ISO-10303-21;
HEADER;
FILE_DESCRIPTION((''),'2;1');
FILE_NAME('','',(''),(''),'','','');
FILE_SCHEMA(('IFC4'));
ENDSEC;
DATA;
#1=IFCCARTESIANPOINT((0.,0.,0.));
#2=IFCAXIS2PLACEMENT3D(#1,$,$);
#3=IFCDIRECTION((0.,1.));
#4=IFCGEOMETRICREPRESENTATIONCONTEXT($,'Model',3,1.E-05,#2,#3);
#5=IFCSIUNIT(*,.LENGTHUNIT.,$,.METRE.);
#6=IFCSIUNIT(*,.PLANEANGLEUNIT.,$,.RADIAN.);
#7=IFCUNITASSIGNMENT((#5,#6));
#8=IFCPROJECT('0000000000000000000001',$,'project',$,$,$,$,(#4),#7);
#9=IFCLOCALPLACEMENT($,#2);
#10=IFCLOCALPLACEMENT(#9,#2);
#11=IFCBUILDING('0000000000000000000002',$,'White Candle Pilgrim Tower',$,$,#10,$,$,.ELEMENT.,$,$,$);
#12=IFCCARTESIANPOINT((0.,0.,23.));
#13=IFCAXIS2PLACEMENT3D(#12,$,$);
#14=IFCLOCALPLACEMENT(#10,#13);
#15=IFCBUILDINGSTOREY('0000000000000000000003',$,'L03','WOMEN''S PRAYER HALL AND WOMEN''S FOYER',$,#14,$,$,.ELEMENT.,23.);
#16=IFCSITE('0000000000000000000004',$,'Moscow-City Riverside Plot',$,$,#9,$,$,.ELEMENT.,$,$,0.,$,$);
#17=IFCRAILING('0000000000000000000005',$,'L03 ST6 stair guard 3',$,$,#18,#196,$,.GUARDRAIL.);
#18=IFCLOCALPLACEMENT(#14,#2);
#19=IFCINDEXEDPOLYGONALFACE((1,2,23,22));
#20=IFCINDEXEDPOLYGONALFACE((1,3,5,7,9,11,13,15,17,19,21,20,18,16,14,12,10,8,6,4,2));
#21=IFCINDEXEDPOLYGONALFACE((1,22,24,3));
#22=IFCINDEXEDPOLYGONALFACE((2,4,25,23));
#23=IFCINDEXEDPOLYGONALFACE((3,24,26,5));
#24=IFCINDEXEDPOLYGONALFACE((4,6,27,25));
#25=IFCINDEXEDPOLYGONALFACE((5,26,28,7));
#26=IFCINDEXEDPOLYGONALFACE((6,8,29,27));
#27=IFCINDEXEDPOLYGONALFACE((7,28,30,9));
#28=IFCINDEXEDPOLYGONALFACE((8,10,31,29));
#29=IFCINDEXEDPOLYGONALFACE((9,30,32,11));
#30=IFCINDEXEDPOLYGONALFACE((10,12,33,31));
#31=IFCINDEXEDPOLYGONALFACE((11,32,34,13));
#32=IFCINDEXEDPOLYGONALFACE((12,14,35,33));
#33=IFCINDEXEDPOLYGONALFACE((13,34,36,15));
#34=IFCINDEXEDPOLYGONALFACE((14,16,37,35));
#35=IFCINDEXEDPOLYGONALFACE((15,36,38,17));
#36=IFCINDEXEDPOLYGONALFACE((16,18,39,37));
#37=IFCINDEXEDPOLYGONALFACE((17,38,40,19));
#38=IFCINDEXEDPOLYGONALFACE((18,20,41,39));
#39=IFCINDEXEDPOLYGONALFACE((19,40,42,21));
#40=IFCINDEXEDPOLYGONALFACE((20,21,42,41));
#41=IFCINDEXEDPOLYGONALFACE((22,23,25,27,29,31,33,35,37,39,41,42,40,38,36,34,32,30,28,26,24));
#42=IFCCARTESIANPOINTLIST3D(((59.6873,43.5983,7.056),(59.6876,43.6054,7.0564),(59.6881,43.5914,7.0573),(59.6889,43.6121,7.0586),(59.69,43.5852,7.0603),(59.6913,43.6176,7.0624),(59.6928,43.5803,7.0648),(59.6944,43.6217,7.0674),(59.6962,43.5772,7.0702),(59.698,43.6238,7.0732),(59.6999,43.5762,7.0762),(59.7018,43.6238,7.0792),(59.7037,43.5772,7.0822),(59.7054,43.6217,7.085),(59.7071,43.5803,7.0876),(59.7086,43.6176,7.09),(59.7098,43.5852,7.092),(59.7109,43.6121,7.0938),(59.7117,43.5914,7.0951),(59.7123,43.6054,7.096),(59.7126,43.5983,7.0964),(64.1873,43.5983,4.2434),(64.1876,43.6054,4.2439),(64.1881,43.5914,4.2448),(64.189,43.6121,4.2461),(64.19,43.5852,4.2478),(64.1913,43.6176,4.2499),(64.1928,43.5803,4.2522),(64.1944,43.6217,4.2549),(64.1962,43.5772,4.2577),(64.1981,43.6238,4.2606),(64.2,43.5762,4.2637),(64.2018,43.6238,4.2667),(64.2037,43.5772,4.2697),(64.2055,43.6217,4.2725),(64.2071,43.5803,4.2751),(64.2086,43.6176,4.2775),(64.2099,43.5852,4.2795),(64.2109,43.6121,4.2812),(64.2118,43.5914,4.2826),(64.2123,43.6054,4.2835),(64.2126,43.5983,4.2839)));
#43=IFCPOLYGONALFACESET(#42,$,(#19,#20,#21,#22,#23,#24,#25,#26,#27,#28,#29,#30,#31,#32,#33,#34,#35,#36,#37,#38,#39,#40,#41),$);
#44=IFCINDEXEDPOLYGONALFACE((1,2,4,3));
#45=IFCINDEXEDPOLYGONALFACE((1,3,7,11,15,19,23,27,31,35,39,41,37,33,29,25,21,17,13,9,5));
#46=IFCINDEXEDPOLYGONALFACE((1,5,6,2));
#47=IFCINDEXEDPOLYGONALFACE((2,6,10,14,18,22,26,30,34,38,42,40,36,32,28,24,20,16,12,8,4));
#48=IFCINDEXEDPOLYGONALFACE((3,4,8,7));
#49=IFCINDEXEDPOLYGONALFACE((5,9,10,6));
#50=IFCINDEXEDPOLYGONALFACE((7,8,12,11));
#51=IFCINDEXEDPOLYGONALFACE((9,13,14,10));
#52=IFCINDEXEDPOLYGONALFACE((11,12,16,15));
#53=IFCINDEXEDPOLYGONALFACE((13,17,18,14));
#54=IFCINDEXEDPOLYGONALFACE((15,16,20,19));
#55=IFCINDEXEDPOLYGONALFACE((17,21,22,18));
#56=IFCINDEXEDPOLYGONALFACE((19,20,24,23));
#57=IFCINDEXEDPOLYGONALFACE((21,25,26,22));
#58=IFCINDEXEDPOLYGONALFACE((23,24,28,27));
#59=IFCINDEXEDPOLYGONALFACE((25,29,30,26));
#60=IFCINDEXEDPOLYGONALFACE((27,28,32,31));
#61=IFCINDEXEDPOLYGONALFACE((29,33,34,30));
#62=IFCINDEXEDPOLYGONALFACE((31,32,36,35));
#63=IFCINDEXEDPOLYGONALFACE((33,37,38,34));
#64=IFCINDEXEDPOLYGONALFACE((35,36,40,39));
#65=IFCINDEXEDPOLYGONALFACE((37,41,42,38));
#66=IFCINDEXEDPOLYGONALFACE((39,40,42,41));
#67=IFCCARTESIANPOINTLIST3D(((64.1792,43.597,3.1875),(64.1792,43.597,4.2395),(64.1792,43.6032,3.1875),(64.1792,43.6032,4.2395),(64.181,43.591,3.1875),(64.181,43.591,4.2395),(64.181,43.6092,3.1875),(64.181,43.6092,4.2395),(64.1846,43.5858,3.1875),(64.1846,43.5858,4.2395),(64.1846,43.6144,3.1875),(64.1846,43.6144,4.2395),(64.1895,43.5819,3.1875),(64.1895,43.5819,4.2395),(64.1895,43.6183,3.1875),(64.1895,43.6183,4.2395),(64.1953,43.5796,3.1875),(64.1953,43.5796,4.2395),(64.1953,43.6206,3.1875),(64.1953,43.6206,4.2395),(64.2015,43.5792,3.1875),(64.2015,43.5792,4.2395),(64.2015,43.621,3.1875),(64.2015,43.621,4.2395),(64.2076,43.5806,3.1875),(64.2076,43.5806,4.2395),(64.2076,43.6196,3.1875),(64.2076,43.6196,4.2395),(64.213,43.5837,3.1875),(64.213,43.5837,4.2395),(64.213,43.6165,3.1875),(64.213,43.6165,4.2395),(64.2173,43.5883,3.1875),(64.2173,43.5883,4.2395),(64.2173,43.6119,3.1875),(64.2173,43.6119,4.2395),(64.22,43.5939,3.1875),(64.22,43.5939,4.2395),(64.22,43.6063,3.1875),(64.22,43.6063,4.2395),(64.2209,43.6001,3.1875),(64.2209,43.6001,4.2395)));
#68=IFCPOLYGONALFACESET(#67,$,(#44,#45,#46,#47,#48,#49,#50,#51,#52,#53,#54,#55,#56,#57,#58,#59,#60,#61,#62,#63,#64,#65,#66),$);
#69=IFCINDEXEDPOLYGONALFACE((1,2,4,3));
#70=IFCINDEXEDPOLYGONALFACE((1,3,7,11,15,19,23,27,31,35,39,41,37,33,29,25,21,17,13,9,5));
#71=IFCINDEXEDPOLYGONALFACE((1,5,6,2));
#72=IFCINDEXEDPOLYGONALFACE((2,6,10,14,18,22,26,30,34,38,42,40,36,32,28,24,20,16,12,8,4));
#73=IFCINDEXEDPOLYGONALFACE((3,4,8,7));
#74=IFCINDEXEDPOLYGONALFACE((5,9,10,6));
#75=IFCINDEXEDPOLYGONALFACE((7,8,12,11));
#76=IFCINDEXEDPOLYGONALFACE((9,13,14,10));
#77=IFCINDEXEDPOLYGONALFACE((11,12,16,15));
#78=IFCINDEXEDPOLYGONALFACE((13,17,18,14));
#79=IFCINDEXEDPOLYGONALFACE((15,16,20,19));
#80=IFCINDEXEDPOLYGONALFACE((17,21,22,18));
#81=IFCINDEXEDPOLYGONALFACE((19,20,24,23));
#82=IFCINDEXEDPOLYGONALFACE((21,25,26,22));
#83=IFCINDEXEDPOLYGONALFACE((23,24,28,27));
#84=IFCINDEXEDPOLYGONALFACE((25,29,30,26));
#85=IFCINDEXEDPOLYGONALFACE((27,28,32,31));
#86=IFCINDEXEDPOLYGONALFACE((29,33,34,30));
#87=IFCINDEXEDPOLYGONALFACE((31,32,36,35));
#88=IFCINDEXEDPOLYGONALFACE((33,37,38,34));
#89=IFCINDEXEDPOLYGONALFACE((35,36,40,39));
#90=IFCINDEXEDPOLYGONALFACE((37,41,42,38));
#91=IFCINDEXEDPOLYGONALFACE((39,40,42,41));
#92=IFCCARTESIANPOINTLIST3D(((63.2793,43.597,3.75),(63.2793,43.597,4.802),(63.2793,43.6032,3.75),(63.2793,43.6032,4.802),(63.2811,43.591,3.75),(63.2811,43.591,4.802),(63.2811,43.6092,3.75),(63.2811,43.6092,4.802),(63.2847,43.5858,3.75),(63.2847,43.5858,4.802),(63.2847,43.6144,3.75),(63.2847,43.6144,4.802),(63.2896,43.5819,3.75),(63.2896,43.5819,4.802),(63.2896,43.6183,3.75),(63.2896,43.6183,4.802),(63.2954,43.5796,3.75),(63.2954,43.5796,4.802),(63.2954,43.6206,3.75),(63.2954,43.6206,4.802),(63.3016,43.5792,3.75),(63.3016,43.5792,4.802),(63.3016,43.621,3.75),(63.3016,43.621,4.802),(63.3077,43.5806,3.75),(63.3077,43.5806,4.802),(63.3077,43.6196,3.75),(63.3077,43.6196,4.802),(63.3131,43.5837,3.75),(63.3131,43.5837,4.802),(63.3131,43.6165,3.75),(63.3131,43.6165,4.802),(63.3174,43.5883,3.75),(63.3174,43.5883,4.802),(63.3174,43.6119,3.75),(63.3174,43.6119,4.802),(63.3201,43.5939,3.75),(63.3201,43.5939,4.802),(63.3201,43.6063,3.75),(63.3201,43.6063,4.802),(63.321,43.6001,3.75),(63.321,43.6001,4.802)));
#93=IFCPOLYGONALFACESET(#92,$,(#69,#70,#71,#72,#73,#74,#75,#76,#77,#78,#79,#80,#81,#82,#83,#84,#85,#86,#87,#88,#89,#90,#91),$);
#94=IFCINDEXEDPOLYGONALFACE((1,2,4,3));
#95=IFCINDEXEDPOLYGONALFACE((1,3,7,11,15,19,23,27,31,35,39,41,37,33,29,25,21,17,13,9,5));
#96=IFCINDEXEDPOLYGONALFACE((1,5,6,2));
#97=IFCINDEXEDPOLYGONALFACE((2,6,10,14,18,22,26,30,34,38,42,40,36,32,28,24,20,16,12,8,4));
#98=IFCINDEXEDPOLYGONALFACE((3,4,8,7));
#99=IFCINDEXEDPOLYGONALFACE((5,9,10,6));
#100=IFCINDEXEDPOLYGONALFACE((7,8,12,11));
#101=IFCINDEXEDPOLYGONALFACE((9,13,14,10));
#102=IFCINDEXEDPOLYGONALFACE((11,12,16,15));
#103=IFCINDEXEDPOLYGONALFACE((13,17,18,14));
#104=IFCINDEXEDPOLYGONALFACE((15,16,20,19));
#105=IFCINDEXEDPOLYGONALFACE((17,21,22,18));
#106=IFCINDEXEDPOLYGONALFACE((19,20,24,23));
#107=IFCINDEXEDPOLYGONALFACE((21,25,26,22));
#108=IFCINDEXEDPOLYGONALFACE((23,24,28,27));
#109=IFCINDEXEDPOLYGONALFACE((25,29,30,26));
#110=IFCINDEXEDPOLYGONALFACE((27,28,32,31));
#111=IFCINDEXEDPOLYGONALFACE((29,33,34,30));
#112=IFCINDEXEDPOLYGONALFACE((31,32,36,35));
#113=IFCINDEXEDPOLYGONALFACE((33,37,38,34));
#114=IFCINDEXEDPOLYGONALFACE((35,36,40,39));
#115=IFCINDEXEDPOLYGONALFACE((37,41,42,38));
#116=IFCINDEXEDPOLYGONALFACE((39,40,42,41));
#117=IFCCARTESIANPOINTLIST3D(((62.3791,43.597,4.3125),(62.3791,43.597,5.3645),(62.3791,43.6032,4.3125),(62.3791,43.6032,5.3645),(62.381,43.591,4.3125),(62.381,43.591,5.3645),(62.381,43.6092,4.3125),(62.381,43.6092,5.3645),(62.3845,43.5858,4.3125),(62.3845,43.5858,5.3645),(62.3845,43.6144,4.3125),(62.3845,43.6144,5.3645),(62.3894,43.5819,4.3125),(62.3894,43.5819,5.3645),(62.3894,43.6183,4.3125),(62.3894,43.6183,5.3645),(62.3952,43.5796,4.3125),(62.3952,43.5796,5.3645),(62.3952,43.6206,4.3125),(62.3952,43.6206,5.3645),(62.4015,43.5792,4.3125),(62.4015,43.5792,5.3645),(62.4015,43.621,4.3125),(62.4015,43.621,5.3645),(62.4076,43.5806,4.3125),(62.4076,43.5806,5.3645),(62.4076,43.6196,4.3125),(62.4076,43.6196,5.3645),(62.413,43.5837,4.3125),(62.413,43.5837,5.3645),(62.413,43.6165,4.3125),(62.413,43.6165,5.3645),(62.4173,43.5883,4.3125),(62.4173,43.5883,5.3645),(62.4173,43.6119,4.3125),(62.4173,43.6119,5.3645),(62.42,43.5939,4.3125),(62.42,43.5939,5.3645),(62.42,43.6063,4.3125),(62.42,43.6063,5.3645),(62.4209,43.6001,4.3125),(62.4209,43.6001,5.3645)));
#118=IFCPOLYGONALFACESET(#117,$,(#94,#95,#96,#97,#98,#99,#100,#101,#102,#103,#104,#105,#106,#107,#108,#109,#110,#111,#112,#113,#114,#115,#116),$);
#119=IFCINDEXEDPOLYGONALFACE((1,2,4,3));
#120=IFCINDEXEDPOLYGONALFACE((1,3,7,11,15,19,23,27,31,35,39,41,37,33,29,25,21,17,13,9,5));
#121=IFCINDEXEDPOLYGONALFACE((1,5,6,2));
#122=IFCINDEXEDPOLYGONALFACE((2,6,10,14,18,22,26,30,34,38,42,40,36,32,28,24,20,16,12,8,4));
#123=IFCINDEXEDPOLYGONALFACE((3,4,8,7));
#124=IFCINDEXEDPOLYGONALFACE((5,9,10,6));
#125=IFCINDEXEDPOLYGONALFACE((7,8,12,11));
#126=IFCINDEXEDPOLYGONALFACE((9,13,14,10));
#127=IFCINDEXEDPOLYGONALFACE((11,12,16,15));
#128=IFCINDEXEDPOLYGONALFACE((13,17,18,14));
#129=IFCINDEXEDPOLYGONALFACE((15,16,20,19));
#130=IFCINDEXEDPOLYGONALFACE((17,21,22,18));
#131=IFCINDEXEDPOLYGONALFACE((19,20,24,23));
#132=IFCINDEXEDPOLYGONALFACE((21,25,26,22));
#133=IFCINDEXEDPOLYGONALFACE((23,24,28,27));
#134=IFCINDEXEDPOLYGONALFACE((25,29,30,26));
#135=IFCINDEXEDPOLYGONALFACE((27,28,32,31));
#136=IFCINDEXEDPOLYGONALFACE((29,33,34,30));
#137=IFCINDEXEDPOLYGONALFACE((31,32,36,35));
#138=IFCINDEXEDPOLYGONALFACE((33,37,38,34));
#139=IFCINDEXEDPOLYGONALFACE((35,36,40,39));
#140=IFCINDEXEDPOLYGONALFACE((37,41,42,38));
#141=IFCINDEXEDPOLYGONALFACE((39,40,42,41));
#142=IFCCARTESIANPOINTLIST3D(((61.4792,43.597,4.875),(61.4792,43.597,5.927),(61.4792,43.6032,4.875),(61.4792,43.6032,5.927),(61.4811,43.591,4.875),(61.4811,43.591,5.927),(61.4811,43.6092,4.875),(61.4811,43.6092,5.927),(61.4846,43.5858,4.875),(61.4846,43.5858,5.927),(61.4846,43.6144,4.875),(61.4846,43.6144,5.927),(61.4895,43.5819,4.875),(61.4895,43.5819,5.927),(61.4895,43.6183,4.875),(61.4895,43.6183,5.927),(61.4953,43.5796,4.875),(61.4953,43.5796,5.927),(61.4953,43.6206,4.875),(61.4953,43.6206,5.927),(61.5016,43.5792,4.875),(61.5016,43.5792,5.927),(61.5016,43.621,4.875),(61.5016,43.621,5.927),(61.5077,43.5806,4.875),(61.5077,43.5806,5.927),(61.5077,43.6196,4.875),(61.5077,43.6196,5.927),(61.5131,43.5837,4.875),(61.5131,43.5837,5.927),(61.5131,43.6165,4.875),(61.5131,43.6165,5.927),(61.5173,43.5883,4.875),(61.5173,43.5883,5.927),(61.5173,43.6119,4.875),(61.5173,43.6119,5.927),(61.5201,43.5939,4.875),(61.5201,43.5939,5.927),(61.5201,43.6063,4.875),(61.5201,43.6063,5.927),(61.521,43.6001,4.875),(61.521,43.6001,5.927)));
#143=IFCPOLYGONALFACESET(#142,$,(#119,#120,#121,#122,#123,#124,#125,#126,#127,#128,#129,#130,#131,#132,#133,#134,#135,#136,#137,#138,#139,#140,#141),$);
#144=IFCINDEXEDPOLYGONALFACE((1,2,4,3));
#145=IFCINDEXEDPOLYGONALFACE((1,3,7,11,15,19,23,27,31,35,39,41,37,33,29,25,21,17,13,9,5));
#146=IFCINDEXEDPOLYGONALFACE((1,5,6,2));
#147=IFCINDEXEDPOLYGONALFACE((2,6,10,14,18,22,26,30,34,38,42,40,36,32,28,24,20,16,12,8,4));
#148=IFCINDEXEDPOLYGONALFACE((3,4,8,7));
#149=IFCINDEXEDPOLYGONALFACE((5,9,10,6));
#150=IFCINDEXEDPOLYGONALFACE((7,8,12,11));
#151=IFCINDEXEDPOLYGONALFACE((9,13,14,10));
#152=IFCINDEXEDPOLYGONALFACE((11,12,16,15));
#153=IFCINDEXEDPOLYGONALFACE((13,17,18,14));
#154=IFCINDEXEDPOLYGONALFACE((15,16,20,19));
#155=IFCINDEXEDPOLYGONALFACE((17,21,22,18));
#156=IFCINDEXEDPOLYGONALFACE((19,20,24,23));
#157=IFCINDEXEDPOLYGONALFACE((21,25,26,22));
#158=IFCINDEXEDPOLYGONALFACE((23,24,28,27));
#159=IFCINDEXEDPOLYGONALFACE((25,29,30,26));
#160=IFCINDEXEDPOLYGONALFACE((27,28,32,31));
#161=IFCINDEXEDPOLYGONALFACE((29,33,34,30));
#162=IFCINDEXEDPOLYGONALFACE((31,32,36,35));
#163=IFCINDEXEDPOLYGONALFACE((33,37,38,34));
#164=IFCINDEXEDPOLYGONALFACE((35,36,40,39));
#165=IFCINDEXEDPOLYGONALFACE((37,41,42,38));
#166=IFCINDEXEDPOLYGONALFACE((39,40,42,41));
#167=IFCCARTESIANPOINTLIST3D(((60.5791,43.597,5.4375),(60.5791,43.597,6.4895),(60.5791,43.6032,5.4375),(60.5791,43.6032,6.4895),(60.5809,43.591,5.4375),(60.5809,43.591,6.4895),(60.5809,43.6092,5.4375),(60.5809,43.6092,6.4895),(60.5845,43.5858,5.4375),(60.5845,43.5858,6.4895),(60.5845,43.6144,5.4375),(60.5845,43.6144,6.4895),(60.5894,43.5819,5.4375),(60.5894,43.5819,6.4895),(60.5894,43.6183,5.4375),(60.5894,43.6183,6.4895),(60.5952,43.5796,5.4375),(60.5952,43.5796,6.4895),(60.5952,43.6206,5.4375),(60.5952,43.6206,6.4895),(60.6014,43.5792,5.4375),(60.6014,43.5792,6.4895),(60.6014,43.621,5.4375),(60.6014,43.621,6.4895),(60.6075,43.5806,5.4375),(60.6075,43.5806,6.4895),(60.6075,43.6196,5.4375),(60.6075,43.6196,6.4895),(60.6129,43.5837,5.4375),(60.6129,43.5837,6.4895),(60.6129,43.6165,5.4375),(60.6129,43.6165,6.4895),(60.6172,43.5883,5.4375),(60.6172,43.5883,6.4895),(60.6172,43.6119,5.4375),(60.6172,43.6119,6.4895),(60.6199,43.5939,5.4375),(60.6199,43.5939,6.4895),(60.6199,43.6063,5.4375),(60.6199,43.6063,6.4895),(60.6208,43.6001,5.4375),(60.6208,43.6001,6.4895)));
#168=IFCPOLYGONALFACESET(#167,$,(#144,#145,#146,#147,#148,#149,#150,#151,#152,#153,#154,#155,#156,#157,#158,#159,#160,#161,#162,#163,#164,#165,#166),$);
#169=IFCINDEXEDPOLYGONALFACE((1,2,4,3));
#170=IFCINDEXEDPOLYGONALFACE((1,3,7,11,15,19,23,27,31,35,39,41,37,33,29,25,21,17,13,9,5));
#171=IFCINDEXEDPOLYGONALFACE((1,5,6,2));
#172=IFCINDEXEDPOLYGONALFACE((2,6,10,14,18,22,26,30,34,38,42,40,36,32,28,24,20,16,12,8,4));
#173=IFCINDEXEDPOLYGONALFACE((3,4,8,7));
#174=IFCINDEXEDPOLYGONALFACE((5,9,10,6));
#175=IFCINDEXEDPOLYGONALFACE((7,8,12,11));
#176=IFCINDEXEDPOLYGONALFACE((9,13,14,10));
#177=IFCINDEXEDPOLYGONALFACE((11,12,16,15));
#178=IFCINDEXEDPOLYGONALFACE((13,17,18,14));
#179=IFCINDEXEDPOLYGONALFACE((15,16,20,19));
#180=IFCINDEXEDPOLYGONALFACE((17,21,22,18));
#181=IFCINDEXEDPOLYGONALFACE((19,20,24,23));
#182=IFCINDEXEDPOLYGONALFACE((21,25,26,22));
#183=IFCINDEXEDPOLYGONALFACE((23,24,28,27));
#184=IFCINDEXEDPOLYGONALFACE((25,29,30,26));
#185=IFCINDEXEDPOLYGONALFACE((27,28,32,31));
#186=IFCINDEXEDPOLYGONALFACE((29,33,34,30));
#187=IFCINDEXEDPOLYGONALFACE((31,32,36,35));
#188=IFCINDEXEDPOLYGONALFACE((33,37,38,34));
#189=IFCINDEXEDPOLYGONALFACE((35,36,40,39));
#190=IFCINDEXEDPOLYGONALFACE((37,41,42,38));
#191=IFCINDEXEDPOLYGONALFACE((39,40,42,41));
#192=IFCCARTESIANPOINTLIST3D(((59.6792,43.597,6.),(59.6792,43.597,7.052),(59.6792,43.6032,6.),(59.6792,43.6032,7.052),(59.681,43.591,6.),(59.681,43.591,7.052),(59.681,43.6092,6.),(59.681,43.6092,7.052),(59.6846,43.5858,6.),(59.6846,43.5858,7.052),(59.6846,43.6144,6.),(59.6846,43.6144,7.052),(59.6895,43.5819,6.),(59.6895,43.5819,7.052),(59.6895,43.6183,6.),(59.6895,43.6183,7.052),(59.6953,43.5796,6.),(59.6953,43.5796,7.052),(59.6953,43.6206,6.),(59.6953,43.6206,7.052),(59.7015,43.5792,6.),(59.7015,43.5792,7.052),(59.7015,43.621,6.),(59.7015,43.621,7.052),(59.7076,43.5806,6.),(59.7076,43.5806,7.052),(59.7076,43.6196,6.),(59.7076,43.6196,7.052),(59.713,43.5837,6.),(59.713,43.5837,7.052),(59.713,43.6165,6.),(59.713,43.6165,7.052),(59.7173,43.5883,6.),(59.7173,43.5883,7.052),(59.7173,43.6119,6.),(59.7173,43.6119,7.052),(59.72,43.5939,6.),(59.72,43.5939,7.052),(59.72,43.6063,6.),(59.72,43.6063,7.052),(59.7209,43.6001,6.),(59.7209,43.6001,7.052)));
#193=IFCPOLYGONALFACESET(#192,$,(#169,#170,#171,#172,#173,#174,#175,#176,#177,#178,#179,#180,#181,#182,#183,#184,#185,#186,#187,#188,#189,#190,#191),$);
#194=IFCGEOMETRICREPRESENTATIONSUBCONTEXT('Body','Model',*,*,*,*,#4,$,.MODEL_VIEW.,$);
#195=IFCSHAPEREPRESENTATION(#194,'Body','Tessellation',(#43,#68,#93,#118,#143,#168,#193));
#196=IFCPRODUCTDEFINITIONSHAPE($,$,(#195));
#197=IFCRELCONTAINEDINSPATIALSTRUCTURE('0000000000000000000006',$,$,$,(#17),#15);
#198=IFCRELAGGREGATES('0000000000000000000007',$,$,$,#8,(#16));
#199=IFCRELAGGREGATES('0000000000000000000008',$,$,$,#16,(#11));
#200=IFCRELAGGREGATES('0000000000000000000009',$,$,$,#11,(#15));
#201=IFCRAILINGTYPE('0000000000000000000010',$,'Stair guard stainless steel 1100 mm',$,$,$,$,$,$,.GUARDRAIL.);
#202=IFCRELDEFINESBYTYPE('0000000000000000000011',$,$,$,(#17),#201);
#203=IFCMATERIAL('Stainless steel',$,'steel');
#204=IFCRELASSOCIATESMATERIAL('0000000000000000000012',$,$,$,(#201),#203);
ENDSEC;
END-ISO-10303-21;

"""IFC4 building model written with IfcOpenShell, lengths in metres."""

from ifc_helpers import new_model, si_unit, direction, frame, origin, origin_2d, place, context, subcontext, project, spatial, circle, extrude, material, type_object, element, save


model = new_model("IFC4")

# Units and contexts
model_context = context("Model", 3, precision=1e-05, world=origin(), true_north=direction((0.0, 1.0)))
body_context = subcontext(model_context, "Body", "Model", "MODEL_VIEW")
ifc_project = project(units=[si_unit("LENGTHUNIT", "METRE"), si_unit("PLANEANGLEUNIT", "RADIAN")], contexts=[model_context])

# Site, building, storey
site_placement = place(None, origin())
site = spatial("IfcSite", under=ifc_project, at=site_placement, Name="Moscow-City Riverside Plot", CompositionType="ELEMENT", RefElevation=0.0)
building_placement = place(site_placement, origin())
building = spatial("IfcBuilding", under=site, at=building_placement, Name="White Candle Pilgrim Tower", CompositionType="ELEMENT")
storey_placement = place(building_placement, frame((0.0, 0.0, 23.0)))
storey = spatial("IfcBuildingStorey", under=building, at=storey_placement, Name="L03", Description="WOMEN'S PRAYER HALL AND WOMEN'S FOYER", CompositionType="ELEMENT", Elevation=23.0)

# Railing
ifc_material_1 = material(Name="Stainless steel", Category="steel")
railing_type_1 = type_object("IfcRailingType", Name="Stair guard stainless steel 1100 mm", PredefinedType="GUARDRAIL", material=ifc_material_1)
railing_1_placement = place(storey_placement, frame((64.2, 43.6001, 3.1875)))
element("IfcRailing", 1, at=railing_1_placement, inside=storey, type_object=railing_type_1, Name="L03 ST6 stair guard 3", PredefinedType="GUARDRAIL", context=body_context, shape_type="SweptSolid", body=[
    extrude(circle(Radius=0.0239, at=origin_2d()), frame((0.0, 0.0, 1.0762), z_axis=(-0.847998, 0.0, 0.529999), x_axis=(0.0, -1.0, 0.0)), (0.0, 0.0, 1.0), 5.3066),
    extrude(circle(Radius=0.021, at=origin_2d()), origin(), (0.0, 0.0, 1.0), 1.052),
    extrude(circle(Radius=0.021, at=origin_2d()), frame((-0.8999, 0.0, 0.5625)), (0.0, 0.0, 1.0), 1.052),
    extrude(circle(Radius=0.021, at=origin_2d()), frame((-1.8, 0.0, 1.125)), (0.0, 0.0, 1.0), 1.052),
    extrude(circle(Radius=0.021, at=origin_2d()), frame((-2.7, 0.0, 1.6875)), (0.0, 0.0, 1.0), 1.052),
    extrude(circle(Radius=0.021, at=origin_2d()), frame((-3.6001, 0.0, 2.25)), (0.0, 0.0, 1.0), 1.052),
    extrude(circle(Radius=0.021, at=origin_2d()), frame((-4.5, 0.0, 2.8125)), (0.0, 0.0, 1.0), 1.052),
])

save(model, "model.ifc")
